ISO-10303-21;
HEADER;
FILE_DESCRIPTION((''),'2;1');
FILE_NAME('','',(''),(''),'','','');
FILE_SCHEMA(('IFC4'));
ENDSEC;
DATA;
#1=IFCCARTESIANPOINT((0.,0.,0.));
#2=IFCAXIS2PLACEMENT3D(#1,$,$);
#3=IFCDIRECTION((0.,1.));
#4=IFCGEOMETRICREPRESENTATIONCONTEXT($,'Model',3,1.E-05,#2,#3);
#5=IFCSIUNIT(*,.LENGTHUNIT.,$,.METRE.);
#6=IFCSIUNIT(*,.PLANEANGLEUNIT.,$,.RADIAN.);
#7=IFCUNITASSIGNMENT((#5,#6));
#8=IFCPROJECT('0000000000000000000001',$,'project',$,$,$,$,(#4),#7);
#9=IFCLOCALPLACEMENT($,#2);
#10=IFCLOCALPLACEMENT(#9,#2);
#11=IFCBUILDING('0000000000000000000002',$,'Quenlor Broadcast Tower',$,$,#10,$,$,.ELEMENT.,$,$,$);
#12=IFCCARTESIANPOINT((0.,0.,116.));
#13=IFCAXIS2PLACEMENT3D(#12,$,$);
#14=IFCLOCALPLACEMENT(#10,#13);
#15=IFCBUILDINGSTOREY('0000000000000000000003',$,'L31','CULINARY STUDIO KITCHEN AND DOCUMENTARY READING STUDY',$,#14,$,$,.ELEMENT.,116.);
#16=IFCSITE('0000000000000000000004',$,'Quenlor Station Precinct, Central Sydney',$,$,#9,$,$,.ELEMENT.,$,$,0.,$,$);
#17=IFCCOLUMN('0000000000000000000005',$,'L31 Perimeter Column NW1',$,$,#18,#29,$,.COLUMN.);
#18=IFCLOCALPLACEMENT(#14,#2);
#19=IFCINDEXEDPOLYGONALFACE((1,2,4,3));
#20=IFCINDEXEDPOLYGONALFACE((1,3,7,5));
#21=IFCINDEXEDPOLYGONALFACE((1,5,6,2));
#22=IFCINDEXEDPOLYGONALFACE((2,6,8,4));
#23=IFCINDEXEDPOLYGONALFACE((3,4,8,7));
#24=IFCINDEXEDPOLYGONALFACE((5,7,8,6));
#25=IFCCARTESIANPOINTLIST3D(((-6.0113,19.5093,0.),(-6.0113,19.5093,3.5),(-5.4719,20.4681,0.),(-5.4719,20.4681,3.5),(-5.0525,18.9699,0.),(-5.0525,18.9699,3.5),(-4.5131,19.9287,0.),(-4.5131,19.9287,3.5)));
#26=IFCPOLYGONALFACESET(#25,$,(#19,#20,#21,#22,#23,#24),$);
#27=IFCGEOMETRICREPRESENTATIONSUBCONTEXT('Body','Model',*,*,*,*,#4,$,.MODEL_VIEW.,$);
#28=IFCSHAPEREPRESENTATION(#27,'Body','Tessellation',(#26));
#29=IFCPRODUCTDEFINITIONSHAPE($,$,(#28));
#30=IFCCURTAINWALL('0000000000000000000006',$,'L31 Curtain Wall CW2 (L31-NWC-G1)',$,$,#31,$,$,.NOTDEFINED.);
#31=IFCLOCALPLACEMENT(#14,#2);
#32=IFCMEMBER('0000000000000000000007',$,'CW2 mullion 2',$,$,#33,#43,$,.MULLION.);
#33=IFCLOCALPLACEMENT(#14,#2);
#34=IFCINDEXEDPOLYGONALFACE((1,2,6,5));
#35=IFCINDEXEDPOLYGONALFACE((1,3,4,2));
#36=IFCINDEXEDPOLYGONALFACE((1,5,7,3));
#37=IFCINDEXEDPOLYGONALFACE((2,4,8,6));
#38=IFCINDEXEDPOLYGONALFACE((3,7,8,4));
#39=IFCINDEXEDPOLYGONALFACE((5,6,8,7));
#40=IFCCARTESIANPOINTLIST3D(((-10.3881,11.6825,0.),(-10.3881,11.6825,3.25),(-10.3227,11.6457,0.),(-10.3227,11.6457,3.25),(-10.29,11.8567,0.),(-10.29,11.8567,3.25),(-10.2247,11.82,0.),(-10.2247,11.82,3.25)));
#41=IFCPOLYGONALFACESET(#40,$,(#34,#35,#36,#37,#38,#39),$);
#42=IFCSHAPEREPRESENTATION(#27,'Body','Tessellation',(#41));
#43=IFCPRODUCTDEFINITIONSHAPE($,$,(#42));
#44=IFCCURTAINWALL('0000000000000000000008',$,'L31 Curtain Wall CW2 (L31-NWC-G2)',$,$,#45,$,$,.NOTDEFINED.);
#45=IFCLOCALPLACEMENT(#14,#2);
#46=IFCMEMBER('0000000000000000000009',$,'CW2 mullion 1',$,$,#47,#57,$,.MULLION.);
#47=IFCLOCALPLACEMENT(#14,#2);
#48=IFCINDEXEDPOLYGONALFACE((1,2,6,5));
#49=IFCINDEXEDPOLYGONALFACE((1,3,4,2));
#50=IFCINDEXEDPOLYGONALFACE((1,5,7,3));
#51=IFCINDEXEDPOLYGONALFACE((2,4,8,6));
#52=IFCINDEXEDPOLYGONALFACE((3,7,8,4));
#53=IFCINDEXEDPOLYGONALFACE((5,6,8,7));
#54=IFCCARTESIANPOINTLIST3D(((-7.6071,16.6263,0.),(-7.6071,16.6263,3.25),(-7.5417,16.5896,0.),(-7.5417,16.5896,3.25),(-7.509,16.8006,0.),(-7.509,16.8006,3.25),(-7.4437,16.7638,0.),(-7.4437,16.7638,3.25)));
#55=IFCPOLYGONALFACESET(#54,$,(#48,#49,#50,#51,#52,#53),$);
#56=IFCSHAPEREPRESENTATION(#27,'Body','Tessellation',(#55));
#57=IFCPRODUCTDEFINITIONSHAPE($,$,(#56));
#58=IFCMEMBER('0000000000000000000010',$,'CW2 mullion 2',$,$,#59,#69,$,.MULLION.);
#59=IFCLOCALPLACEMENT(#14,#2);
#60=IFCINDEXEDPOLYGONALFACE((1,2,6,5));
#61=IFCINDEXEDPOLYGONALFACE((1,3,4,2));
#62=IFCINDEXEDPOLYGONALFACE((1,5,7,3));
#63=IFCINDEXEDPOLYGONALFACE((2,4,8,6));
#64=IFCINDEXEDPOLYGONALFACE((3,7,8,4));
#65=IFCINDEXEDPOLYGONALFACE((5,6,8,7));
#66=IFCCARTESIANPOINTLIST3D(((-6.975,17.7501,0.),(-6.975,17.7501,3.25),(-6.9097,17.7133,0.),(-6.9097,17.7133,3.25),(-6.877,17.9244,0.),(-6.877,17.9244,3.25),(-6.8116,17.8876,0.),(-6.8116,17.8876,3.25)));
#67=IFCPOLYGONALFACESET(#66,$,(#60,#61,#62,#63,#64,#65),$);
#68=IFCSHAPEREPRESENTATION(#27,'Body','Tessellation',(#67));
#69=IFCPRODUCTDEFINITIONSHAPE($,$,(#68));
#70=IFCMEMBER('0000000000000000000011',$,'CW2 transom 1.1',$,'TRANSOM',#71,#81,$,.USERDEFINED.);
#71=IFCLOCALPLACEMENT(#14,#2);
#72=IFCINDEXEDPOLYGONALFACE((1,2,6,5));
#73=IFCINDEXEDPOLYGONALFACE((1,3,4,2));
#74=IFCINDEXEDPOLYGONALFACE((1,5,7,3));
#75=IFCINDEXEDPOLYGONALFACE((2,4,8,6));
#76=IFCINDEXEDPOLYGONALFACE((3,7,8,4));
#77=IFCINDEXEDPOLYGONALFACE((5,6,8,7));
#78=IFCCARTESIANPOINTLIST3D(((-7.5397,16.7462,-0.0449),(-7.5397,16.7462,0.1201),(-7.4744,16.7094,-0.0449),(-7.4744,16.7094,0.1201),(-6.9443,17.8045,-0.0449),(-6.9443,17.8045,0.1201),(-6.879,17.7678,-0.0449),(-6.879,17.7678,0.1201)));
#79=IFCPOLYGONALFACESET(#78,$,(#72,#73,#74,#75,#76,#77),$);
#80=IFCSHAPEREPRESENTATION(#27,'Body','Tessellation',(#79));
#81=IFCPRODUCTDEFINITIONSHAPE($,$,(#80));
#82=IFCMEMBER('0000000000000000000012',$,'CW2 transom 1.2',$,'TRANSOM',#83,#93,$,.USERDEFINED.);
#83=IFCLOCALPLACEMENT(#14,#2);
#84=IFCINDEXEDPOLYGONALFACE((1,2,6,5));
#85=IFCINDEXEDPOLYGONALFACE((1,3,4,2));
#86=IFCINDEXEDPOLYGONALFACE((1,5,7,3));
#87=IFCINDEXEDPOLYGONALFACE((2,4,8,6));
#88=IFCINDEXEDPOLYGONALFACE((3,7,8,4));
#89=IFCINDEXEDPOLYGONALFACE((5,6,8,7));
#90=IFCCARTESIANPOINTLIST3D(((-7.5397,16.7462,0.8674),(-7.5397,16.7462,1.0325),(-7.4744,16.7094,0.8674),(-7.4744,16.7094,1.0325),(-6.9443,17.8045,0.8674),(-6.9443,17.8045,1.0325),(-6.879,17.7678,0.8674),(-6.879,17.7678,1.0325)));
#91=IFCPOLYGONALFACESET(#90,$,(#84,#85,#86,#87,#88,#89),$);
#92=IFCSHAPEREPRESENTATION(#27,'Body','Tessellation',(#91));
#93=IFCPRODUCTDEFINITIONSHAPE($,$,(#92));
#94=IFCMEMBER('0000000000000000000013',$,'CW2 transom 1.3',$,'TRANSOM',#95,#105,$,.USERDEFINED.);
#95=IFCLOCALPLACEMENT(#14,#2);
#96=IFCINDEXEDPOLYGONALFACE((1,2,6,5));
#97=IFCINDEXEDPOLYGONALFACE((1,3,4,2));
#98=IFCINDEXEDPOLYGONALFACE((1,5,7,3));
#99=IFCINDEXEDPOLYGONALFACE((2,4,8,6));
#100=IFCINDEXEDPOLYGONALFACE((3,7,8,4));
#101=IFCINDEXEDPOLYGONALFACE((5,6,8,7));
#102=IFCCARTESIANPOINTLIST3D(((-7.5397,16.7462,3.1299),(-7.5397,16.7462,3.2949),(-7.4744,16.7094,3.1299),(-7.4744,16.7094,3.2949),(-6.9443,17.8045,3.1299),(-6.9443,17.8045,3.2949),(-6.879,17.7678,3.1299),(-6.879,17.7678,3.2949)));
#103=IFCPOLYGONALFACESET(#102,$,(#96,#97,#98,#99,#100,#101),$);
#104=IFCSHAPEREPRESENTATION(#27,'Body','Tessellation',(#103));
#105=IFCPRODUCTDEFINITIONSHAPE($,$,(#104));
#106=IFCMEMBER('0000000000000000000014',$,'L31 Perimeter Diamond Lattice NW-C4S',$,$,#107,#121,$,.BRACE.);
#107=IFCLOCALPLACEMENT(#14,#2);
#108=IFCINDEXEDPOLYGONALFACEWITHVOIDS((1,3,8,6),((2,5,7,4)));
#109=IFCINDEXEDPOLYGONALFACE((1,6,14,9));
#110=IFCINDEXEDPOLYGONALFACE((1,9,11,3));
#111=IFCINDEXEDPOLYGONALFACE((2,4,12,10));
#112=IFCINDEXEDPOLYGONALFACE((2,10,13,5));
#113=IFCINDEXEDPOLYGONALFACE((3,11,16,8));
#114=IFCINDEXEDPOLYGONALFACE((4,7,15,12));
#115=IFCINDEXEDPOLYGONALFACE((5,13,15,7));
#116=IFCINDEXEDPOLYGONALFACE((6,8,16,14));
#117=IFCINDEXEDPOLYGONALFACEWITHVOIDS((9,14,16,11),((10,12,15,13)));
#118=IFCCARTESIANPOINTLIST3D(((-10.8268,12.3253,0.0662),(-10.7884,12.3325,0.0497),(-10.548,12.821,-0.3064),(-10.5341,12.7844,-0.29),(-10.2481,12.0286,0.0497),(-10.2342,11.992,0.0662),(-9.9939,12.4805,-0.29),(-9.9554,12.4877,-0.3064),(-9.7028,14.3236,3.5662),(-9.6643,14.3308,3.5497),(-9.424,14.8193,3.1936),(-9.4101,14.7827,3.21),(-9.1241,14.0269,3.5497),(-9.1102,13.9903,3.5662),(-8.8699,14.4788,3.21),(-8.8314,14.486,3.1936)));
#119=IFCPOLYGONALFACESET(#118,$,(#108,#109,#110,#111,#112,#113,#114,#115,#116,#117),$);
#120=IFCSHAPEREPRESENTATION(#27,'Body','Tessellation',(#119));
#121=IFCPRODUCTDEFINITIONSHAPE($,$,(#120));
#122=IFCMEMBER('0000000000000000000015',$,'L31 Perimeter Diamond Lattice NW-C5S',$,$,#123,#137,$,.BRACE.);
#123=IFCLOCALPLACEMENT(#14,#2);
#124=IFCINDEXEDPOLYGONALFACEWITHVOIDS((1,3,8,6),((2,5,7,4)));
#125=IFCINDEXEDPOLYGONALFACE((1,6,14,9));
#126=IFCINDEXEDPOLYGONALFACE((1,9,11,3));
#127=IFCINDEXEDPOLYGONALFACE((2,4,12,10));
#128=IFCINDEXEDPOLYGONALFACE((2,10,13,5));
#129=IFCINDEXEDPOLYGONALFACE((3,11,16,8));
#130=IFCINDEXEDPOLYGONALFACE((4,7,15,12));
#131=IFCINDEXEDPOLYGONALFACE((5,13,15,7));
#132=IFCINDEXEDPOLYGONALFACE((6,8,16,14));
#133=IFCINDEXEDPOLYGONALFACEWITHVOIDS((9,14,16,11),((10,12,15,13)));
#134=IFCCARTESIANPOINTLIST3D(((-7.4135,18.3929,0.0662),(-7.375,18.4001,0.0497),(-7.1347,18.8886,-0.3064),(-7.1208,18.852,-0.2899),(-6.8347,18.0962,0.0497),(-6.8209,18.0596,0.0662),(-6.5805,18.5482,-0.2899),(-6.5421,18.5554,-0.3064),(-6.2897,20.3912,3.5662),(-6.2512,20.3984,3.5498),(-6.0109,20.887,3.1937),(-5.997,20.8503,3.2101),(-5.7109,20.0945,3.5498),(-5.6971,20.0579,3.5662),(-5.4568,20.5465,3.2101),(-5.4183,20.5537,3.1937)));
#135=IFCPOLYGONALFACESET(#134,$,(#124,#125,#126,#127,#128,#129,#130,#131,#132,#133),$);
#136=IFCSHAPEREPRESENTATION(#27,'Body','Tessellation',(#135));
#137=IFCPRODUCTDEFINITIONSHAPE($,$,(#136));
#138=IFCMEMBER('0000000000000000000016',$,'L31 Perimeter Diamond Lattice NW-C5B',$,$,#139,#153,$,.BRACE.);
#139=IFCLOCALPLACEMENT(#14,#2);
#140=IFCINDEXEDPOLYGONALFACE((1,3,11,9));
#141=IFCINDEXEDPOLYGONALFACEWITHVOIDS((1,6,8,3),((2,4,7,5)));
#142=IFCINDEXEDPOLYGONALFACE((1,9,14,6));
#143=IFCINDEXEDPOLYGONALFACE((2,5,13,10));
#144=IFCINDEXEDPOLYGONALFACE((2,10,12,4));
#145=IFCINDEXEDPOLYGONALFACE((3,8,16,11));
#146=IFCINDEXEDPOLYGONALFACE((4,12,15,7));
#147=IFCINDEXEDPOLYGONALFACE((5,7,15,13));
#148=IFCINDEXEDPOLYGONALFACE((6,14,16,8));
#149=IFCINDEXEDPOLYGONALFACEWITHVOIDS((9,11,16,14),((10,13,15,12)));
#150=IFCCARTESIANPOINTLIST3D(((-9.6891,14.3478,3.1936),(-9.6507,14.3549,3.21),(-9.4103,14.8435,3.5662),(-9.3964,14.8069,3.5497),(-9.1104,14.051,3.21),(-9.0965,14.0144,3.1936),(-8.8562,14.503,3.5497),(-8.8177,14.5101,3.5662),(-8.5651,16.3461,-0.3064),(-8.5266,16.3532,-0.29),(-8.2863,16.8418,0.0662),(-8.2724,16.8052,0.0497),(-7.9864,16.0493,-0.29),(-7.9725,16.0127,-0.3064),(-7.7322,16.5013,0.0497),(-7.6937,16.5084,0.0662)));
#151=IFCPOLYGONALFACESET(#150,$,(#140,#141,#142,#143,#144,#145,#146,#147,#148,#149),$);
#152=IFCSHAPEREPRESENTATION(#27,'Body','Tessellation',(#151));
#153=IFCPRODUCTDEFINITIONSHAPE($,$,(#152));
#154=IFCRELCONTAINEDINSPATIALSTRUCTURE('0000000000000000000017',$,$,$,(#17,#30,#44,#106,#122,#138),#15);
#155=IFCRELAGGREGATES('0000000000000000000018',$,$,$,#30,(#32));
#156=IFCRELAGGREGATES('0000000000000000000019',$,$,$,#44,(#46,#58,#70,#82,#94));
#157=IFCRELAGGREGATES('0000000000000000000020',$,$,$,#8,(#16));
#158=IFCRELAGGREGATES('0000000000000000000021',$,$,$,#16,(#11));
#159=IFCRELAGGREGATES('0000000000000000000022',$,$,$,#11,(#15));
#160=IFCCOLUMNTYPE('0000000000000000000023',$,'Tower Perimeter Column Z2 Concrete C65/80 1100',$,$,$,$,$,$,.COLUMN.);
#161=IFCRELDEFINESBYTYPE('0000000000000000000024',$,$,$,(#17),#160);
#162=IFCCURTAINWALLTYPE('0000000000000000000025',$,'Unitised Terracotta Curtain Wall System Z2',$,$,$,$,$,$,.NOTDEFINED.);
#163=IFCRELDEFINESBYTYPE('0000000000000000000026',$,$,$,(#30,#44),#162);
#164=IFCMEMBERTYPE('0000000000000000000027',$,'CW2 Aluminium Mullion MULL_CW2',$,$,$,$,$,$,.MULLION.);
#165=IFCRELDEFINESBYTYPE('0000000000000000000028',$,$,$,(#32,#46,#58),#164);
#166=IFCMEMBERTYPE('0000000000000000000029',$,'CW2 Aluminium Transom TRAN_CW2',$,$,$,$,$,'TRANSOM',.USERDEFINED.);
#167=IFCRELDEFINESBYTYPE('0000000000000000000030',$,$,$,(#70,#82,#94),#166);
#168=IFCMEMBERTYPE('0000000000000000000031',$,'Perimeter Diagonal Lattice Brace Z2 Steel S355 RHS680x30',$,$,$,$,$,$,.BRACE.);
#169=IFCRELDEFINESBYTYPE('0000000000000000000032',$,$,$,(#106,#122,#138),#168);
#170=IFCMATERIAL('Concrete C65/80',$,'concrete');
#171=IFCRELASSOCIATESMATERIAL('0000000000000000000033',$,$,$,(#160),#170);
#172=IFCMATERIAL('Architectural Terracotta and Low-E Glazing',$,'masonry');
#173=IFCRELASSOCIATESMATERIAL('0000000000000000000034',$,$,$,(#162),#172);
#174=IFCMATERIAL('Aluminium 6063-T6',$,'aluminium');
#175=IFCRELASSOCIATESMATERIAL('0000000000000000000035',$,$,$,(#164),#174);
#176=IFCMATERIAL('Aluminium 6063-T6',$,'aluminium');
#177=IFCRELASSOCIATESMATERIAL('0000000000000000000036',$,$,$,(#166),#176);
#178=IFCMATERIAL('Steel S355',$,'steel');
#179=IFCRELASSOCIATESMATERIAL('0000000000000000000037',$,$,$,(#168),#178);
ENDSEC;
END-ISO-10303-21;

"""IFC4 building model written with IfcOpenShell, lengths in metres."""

from ifc_helpers import new_model, si_unit, direction, frame, origin, origin_2d, place, context, subcontext, project, spatial, rectangle, hollow_rectangle, extrude, material, material_profile, profile_set, type_object, element, aggregate, save


model = new_model("IFC4")

# Units and contexts
model_context = context("Model", 3, precision=1e-05, world=origin(), true_north=direction((0.0, 1.0)))
body_context = subcontext(model_context, "Body", "Model", "MODEL_VIEW")
ifc_project = project(units=[si_unit("LENGTHUNIT", "METRE"), si_unit("PLANEANGLEUNIT", "RADIAN")], contexts=[model_context])

# Site, building, storey
site_placement = place(None, origin())
site = spatial("IfcSite", under=ifc_project, at=site_placement, Name="Quenlor Station Precinct, Central Sydney", CompositionType="ELEMENT", RefElevation=0.0)
building_placement = place(site_placement, origin())
building = spatial("IfcBuilding", under=site, at=building_placement, Name="Quenlor Broadcast Tower", CompositionType="ELEMENT")
storey_placement = place(building_placement, frame((0.0, 0.0, 116.0)))
storey = spatial("IfcBuildingStorey", under=building, at=storey_placement, Name="L31", Description="CULINARY STUDIO KITCHEN AND DOCUMENTARY READING STUDY", CompositionType="ELEMENT", Elevation=116.0)

# Column
ifc_material_1 = material(Name="Concrete C65/80", Category="concrete")
ifc_material_profile_1 = material_profile(ifc_material_1, rectangle(XDim=1.1001, YDim=1.1001, at=origin_2d()))
ifc_profile_set_1 = profile_set([ifc_material_profile_1], Name="Concrete C65/80 RC1100x1100")
column_type = type_object("IfcColumnType", Name="Tower Perimeter Column Z2 Concrete C65/80 1100", PredefinedType="COLUMN", material=ifc_profile_set_1)
column_placement = place(storey_placement, frame((-5.2622, 19.719, 0.0), z_axis=(0.0, 0.0, 1.0), x_axis=(-0.871575, 0.490262, 0.0)))
element("IfcColumn", 1, at=column_placement, inside=storey, type_object=column_type, Name="L31 Perimeter Column NW1", PredefinedType="COLUMN", context=body_context, shape_type="SweptSolid", body=[
    extrude(rectangle(XDim=1.1001, YDim=1.1001, at=origin_2d()), origin(), (0.0, 0.0, 1.0), 3.5),
])

# Curtain wall, member
ifc_material_2 = material(Name="Architectural Terracotta and Low-E Glazing", Category="masonry")
curtain_wall_type = type_object("IfcCurtainWallType", Name="Unitised Terracotta Curtain Wall System Z2", PredefinedType="NOTDEFINED", material=ifc_material_2)
curtain_wall_1_placement = place(storey_placement, origin())
curtain_wall_1 = element("IfcCurtainWall", 2, at=curtain_wall_1_placement, inside=storey, type_object=curtain_wall_type, Name="L31 Curtain Wall CW2 (L31-NWC-G1)", PredefinedType="NOTDEFINED")
ifc_material_3 = material(Name="Aluminium 6063-T6", Category="aluminium")
ifc_material_profile_2 = material_profile(ifc_material_3, rectangle(XDim=0.075, YDim=0.2, at=origin_2d()))
ifc_profile_set_2 = profile_set([ifc_material_profile_2], Name="Aluminium 6063-T6 MULL75x200")
member_type_1 = type_object("IfcMemberType", Name="CW2 Aluminium Mullion MULL_CW2", PredefinedType="MULLION", material=ifc_profile_set_2)
member_1_placement = place(storey_placement, frame((-10.3064, 11.7512, 0.0), z_axis=(0.0, 0.0, 1.0), x_axis=(-0.871581, 0.490252, 0.0)))
member_1 = element("IfcMember", 3, at=member_1_placement, type_object=member_type_1, Name="CW2 mullion 2", PredefinedType="MULLION", context=body_context, shape_type="SweptSolid", body=[
    extrude(rectangle(XDim=0.075, YDim=0.2, at=origin_2d()), origin(), (0.0, 0.0, 1.0), 3.25),
])

# Curtain wall, members
curtain_wall_2_placement = place(storey_placement, origin())
curtain_wall_2 = element("IfcCurtainWall", 4, at=curtain_wall_2_placement, inside=storey, type_object=curtain_wall_type, Name="L31 Curtain Wall CW2 (L31-NWC-G2)", PredefinedType="NOTDEFINED")
member_2_placement = place(storey_placement, frame((-7.5254, 16.6951, 0.0), z_axis=(0.0, 0.0, 1.0), x_axis=(-0.871583, 0.490247, 0.0)))
member_2 = element("IfcMember", 5, at=member_2_placement, type_object=member_type_1, Name="CW2 mullion 1", PredefinedType="MULLION", context=body_context, shape_type="SweptSolid", body=[
    extrude(rectangle(XDim=0.075, YDim=0.2, at=origin_2d()), origin(), (0.0, 0.0, 1.0), 3.25),
])
member_3_placement = place(storey_placement, frame((-6.8933, 17.8188, 0.0), z_axis=(0.0, 0.0, 1.0), x_axis=(-0.871583, 0.490247, 0.0)))
member_3 = element("IfcMember", 6, at=member_3_placement, type_object=member_type_1, Name="CW2 mullion 2", PredefinedType="MULLION", context=body_context, shape_type="SweptSolid", body=[
    extrude(rectangle(XDim=0.075, YDim=0.2, at=origin_2d()), origin(), (0.0, 0.0, 1.0), 3.25),
])
ifc_material_4 = material(Name="Aluminium 6063-T6", Category="aluminium")
ifc_material_profile_3 = material_profile(ifc_material_4, rectangle(XDim=0.075, YDim=0.165, at=origin_2d()))
ifc_profile_set_3 = profile_set([ifc_material_profile_3], Name="Aluminium 6063-T6 TRAN75x165")
member_type_2 = type_object("IfcMemberType", Name="CW2 Aluminium Transom TRAN_CW2", ElementType="TRANSOM", PredefinedType="USERDEFINED", material=ifc_profile_set_3)
member_4_placement = place(storey_placement, frame((-7.5071, 16.7278, 0.0376), z_axis=(0.490347, 0.871527, 0.0), x_axis=(-0.871527, 0.490347, 0.0)))
member_4 = element("IfcMember", 7, at=member_4_placement, type_object=member_type_2, Name="CW2 transom 1.1", ObjectType="TRANSOM", PredefinedType="USERDEFINED", context=body_context, shape_type="SweptSolid", body=[
    extrude(rectangle(XDim=0.075, YDim=0.165, at=origin_2d()), origin(), (0.0, 0.0, 1.0), 1.2144),
])
member_5_placement = place(storey_placement, frame((-7.5071, 16.7278, 0.95), z_axis=(0.490347, 0.871527, 0.0), x_axis=(-0.871527, 0.490347, 0.0)))
member_5 = element("IfcMember", 8, at=member_5_placement, type_object=member_type_2, Name="CW2 transom 1.2", ObjectType="TRANSOM", PredefinedType="USERDEFINED", context=body_context, shape_type="SweptSolid", body=[
    extrude(rectangle(XDim=0.075, YDim=0.165, at=origin_2d()), origin(), (0.0, 0.0, 1.0), 1.2144),
])
member_6_placement = place(storey_placement, frame((-7.5071, 16.7278, 3.2124), z_axis=(0.490347, 0.871527, 0.0), x_axis=(-0.871527, 0.490347, 0.0)))
member_6 = element("IfcMember", 9, at=member_6_placement, type_object=member_type_2, Name="CW2 transom 1.3", ObjectType="TRANSOM", PredefinedType="USERDEFINED", context=body_context, shape_type="SweptSolid", body=[
    extrude(rectangle(XDim=0.075, YDim=0.165, at=origin_2d()), origin(), (0.0, 0.0, 1.0), 1.2144),
])

# Members
ifc_material_5 = material(Name="Steel S355", Category="steel")
ifc_material_profile_4 = material_profile(ifc_material_5, hollow_rectangle(XDim=0.6799, YDim=0.6799, WallThickness=0.03, at=origin_2d()))
ifc_profile_set_4 = profile_set([ifc_material_profile_4], Name="Steel S355 RHS680x680x30")
member_type_3 = type_object("IfcMemberType", Name="Perimeter Diagonal Lattice Brace Z2 Steel S355 RHS680x30", PredefinedType="BRACE", material=ifc_profile_set_4)
for number, where, z_axis, x_axis, name in (
    (10, (-10.3911, 12.4065, -0.1201), (0.268642, 0.477593, 0.836502), (-0.871578, 0.490256, 0.0), "L31 Perimeter Diamond Lattice NW-C4S"),
    (11, (-6.9778, 18.4741, -0.1201), (0.268588, 0.4776, 0.836516), (-0.871624, 0.490175, 0.0), "L31 Perimeter Diamond Lattice NW-C5S"),
    (12, (-8.1294, 16.4272, -0.1201), (-0.268642, -0.477593, 0.836502), (0.871578, -0.490256, 0.0), "L31 Perimeter Diamond Lattice NW-C5B"),
):
    element("IfcMember", number, at=place(storey_placement, frame(where, z_axis=z_axis, x_axis=x_axis)), inside=storey, type_object=member_type_3, Name=name, PredefinedType="BRACE", context=body_context, shape_type="SweptSolid", body=[
        extrude(hollow_rectangle(XDim=0.6799, YDim=0.6799, WallThickness=0.03, at=origin_2d()), origin(), (0.0, 0.0, 1.0), 4.1841),
    ])

aggregate(curtain_wall_1, [member_1])
aggregate(curtain_wall_2, [member_2, member_3, member_4, member_5, member_6])

save(model, "model.ifc")
